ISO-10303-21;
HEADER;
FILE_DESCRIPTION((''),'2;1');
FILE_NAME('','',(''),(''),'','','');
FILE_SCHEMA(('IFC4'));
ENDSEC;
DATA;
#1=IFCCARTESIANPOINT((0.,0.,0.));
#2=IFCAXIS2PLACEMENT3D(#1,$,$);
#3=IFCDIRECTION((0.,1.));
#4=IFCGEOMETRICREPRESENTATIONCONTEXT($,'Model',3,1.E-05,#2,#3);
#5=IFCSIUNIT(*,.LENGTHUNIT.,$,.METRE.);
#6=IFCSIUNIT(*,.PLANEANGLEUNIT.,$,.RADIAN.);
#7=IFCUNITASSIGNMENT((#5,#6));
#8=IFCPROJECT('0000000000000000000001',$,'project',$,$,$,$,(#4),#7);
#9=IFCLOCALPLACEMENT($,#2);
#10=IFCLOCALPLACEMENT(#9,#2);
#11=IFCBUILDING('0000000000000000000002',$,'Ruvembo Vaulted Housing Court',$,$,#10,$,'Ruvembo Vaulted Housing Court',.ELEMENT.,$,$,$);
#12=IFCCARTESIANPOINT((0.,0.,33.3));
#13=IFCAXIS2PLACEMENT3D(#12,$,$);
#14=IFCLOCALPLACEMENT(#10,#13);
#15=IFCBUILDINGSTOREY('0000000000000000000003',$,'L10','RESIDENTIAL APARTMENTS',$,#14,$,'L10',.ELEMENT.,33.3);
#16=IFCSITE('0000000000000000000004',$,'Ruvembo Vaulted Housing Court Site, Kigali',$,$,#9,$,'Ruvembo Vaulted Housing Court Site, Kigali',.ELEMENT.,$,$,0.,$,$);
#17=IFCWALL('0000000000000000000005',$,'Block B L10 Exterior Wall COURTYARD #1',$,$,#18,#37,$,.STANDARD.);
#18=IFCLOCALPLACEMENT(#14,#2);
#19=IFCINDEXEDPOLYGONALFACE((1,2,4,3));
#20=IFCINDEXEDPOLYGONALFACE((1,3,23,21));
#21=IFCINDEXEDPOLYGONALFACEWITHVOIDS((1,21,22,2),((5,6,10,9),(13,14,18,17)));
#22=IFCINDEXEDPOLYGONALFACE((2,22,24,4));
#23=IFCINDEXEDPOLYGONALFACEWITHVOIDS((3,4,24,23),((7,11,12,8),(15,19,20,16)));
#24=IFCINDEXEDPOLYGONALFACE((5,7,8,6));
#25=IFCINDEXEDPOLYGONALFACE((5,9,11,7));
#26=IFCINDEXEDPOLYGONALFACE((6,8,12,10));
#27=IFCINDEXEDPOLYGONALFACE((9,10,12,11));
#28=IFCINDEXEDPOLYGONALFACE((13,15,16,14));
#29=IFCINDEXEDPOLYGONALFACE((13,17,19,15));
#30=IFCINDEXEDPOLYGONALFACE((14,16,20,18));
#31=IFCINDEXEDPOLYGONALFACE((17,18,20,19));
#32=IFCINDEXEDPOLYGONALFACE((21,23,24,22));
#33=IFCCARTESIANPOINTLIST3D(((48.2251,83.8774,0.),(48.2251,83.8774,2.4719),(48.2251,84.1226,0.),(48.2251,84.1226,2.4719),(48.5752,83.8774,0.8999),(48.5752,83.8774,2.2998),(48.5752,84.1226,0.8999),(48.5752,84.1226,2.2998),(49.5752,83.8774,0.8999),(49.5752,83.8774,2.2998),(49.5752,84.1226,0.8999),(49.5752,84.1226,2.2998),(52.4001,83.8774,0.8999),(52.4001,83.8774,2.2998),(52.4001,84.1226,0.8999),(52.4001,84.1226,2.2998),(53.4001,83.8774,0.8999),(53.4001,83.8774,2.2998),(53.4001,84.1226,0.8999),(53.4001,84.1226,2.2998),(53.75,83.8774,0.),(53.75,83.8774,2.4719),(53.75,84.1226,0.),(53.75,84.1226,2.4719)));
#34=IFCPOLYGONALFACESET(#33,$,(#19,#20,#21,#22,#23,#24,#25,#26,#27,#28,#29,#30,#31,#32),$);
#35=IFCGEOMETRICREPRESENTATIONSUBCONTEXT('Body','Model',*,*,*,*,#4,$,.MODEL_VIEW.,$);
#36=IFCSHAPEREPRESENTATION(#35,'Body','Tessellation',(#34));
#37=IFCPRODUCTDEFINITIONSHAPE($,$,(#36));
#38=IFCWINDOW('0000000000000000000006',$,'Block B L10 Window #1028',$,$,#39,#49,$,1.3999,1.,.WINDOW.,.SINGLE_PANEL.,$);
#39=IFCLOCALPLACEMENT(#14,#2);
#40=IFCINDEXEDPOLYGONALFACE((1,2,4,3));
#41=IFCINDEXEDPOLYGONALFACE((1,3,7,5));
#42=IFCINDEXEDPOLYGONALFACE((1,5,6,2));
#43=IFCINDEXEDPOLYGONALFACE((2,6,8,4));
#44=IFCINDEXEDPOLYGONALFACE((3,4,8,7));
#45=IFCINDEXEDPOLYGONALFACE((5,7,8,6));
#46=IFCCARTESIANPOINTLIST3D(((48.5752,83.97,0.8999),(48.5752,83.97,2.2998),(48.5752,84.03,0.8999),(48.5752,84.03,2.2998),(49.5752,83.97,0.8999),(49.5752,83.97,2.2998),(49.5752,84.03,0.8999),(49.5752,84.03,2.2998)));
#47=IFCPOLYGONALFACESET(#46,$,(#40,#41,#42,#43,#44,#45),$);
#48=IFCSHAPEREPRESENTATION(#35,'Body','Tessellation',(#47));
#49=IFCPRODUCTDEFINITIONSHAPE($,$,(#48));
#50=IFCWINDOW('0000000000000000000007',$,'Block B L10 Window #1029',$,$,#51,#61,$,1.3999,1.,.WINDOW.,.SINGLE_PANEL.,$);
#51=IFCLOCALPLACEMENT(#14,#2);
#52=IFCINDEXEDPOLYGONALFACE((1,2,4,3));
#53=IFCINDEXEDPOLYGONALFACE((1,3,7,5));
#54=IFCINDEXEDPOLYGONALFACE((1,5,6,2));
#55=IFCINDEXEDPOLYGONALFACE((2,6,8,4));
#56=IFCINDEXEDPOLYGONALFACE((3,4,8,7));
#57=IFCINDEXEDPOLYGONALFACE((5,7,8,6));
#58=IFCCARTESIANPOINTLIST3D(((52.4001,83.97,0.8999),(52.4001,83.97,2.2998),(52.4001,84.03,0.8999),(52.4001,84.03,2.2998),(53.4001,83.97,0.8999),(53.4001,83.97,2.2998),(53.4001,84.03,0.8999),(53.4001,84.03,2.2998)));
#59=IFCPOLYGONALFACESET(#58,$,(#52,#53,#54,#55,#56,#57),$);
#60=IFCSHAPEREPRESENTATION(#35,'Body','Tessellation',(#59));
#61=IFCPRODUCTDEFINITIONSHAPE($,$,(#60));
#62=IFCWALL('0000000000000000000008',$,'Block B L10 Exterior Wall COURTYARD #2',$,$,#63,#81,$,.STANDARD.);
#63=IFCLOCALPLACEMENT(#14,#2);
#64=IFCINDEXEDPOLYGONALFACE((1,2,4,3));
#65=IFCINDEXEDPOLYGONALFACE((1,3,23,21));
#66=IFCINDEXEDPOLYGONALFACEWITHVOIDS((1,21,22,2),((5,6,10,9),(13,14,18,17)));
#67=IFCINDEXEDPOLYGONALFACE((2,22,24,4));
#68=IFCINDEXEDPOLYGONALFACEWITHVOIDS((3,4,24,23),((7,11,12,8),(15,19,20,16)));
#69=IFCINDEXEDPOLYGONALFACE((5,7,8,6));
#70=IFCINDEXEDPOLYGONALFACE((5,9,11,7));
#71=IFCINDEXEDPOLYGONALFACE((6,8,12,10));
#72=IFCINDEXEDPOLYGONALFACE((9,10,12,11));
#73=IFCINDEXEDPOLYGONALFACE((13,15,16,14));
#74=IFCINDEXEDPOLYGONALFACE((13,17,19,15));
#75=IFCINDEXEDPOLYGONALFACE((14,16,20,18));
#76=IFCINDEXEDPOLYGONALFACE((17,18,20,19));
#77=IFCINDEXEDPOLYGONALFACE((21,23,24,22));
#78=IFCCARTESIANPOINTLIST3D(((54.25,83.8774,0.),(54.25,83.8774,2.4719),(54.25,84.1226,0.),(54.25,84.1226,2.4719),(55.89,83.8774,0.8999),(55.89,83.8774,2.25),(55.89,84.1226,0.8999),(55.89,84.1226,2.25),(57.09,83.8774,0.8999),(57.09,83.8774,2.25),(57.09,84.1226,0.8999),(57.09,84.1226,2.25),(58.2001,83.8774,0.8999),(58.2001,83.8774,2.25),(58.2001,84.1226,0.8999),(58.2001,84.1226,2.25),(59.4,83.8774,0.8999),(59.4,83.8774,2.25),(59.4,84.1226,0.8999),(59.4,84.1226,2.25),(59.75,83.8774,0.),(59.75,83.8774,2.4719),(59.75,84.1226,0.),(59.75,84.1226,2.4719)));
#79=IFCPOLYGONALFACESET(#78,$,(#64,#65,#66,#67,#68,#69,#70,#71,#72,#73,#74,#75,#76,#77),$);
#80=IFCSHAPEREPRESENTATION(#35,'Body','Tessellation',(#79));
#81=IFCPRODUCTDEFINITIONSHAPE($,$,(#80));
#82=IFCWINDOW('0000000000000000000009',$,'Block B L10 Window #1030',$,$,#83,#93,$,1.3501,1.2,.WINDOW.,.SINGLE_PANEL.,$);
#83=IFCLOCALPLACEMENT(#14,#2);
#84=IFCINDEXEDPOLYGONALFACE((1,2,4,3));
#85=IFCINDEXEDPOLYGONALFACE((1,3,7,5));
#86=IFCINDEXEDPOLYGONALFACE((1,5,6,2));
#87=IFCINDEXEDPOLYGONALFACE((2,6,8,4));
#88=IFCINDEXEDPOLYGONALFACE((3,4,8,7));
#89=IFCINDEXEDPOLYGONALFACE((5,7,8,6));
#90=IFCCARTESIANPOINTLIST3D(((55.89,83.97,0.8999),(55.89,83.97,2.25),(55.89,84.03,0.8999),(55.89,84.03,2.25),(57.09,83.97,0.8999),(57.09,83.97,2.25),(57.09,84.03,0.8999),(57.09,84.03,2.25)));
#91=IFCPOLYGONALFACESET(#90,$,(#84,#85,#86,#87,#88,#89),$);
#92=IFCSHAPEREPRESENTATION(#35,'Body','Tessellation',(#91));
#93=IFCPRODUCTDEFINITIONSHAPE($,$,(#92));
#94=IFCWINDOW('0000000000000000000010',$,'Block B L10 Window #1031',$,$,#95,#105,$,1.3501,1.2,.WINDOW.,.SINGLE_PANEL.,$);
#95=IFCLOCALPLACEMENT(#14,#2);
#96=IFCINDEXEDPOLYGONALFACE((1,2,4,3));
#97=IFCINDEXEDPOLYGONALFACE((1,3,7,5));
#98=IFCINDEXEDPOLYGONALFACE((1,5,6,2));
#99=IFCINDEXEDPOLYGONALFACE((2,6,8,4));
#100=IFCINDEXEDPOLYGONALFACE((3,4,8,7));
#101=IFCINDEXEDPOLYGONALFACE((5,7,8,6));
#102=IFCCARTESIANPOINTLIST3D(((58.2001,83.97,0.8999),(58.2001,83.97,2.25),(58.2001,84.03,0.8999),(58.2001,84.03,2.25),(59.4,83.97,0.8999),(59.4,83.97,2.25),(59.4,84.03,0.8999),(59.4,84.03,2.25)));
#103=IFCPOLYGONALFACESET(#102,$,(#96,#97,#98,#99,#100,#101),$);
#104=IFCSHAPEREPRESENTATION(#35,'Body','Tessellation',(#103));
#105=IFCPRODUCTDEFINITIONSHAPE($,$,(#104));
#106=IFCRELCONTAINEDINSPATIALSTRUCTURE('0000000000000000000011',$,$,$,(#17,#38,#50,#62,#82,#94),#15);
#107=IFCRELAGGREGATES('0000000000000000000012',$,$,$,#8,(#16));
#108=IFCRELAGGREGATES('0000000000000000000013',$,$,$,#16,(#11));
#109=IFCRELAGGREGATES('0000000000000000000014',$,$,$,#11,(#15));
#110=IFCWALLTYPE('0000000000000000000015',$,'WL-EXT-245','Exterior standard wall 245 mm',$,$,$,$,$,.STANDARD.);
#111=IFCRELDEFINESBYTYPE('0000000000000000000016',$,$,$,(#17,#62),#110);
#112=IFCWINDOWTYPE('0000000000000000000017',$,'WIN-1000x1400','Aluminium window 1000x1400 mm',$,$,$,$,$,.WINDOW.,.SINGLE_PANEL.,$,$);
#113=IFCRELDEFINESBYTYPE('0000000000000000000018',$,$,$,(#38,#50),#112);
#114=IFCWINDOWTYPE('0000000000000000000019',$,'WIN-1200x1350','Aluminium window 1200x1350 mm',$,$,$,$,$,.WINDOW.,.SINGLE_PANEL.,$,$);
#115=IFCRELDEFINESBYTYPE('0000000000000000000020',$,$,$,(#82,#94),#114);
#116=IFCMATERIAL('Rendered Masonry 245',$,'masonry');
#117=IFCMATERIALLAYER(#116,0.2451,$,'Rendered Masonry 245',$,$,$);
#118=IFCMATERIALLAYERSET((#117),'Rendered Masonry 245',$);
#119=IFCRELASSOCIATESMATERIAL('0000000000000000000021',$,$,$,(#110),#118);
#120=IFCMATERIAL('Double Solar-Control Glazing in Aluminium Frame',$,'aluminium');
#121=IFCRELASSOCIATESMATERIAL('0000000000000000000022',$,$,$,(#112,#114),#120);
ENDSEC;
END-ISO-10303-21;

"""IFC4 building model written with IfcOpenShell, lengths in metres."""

from ifc_helpers import new_model, si_unit, direction, frame, frame_2d, origin, place, context, subcontext, project, spatial, rectangle, extrude, material, layer, layer_set, type_object, element, fill, save


model = new_model("IFC4")

# Units and contexts
model_context = context("Model", 3, precision=1e-05, world=origin(), true_north=direction((0.0, 1.0)))
body_context = subcontext(model_context, "Body", "Model", "MODEL_VIEW")
ifc_project = project(units=[si_unit("LENGTHUNIT", "METRE"), si_unit("PLANEANGLEUNIT", "RADIAN")], contexts=[model_context])

# Site, building, storey
site_placement = place(None, origin())
site = spatial("IfcSite", under=ifc_project, at=site_placement, Name="Ruvembo Vaulted Housing Court Site, Kigali", LongName="Ruvembo Vaulted Housing Court Site, Kigali", CompositionType="ELEMENT", RefElevation=0.0)
building_placement = place(site_placement, origin())
building = spatial("IfcBuilding", under=site, at=building_placement, Name="Ruvembo Vaulted Housing Court", LongName="Ruvembo Vaulted Housing Court", CompositionType="ELEMENT")
storey_placement = place(building_placement, frame((0.0, 0.0, 33.3)))
storey = spatial("IfcBuildingStorey", under=building, at=storey_placement, Name="L10", Description="RESIDENTIAL APARTMENTS", LongName="L10", CompositionType="ELEMENT", Elevation=33.3)

# Walls, openings, windows
ifc_material_1 = material(Name="Rendered Masonry 245", Category="masonry")
ifc_layer_1 = layer(ifc_material_1, 0.2451, Name="Rendered Masonry 245")
ifc_layer_set_1 = layer_set([ifc_layer_1], Name="Rendered Masonry 245")
wall_type = type_object("IfcWallType", Name="WL-EXT-245", Description="Exterior standard wall 245 mm", PredefinedType="STANDARD", material=ifc_layer_set_1)
ifc_material_2 = material(Name="Double Solar-Control Glazing in Aluminium Frame", Category="aluminium")
wall_1_placement = place(storey_placement, frame((48.2251, 84.0, 0.0), z_axis=(0.0, 0.0, 1.0), x_axis=(1.0, 0.0, 0.0)))
wall_1 = element("IfcWall", 1, at=wall_1_placement, inside=storey, type_object=wall_type, Name="Block B L10 Exterior Wall COURTYARD #1", PredefinedType="STANDARD", context=body_context, shape_type="SweptSolid", body=[
    extrude(rectangle(XDim=5.5249, YDim=0.2451, at=frame_2d((2.7625, 0.0))), origin(), (0.0, 0.0, 1.0), 2.4719),
])
opening_1_placement = place(wall_1_placement, frame((0.3501, 0.0, 0.8999)))
opening_1 = element("IfcOpeningElement", 2, at=opening_1_placement, cuts=wall_1, PredefinedType="OPENING", context=body_context, shape_type="SweptSolid", body=[
    extrude(rectangle(XDim=1.0, YDim=1.3999, at=frame_2d((0.5, 0.7))), frame((0.0, 0.1326, 0.0), z_axis=(0.0, -1.0, 0.0), x_axis=(1.0, 0.0, 0.0)), (0.0, 0.0, 1.0), 0.2651),
])
opening_2_placement = place(wall_1_placement, frame((4.175, 0.0, 0.8999)))
opening_2 = element("IfcOpeningElement", 3, at=opening_2_placement, cuts=wall_1, PredefinedType="OPENING", context=body_context, shape_type="SweptSolid", body=[
    extrude(rectangle(XDim=1.0, YDim=1.3999, at=frame_2d((0.5, 0.7))), frame((0.0, 0.1326, 0.0), z_axis=(0.0, -1.0, 0.0), x_axis=(1.0, 0.0, 0.0)), (0.0, 0.0, 1.0), 0.2651),
])
window_type_1 = type_object("IfcWindowType", Name="WIN-1000x1400", Description="Aluminium window 1000x1400 mm", PartitioningType="SINGLE_PANEL", PredefinedType="WINDOW", material=ifc_material_2)
window_1_placement = place(opening_1_placement, origin())
window_1 = element("IfcWindow", 4, at=window_1_placement, inside=storey, type_object=window_type_1, Name="Block B L10 Window #1028", OverallHeight=1.3999, OverallWidth=1.0, PartitioningType="SINGLE_PANEL", PredefinedType="WINDOW", context=body_context, shape_type="SweptSolid", body=[
    extrude(rectangle(XDim=1.0, YDim=1.3999, at=frame_2d((0.5, 0.7))), frame((0.0, 0.03, 0.0), z_axis=(0.0, -1.0, 0.0), x_axis=(1.0, 0.0, 0.0)), (0.0, 0.0, 1.0), 0.0601),
])
fill(opening_1, window_1)
window_2_placement = place(opening_2_placement, origin())
window_2 = element("IfcWindow", 5, at=window_2_placement, inside=storey, type_object=window_type_1, Name="Block B L10 Window #1029", OverallHeight=1.3999, OverallWidth=1.0, PartitioningType="SINGLE_PANEL", PredefinedType="WINDOW", context=body_context, shape_type="SweptSolid", body=[
    extrude(rectangle(XDim=1.0, YDim=1.3999, at=frame_2d((0.5, 0.7))), frame((0.0, 0.03, 0.0), z_axis=(0.0, -1.0, 0.0), x_axis=(1.0, 0.0, 0.0)), (0.0, 0.0, 1.0), 0.0601),
])
fill(opening_2, window_2)
wall_2_placement = place(storey_placement, frame((54.25, 84.0, 0.0), z_axis=(0.0, 0.0, 1.0), x_axis=(1.0, 0.0, 0.0)))
wall_2 = element("IfcWall", 6, at=wall_2_placement, inside=storey, type_object=wall_type, Name="Block B L10 Exterior Wall COURTYARD #2", PredefinedType="STANDARD", context=body_context, shape_type="SweptSolid", body=[
    extrude(rectangle(XDim=5.5, YDim=0.2451, at=frame_2d((2.75, 0.0))), origin(), (0.0, 0.0, 1.0), 2.4719),
])
opening_3_placement = place(wall_2_placement, frame((1.6399, 0.0, 0.8999)))
opening_3 = element("IfcOpeningElement", 7, at=opening_3_placement, cuts=wall_2, PredefinedType="OPENING", context=body_context, shape_type="SweptSolid", body=[
    extrude(rectangle(XDim=1.2, YDim=1.3501, at=frame_2d((0.6001, 0.675))), frame((0.0, 0.1326, 0.0), z_axis=(0.0, -1.0, 0.0), x_axis=(1.0, 0.0, 0.0)), (0.0, 0.0, 1.0), 0.2651),
])
opening_4_placement = place(wall_2_placement, frame((3.95, 0.0, 0.8999)))
opening_4 = element("IfcOpeningElement", 8, at=opening_4_placement, cuts=wall_2, PredefinedType="OPENING", context=body_context, shape_type="SweptSolid", body=[
    extrude(rectangle(XDim=1.2, YDim=1.3501, at=frame_2d((0.6001, 0.675))), frame((0.0, 0.1326, 0.0), z_axis=(0.0, -1.0, 0.0), x_axis=(1.0, 0.0, 0.0)), (0.0, 0.0, 1.0), 0.2651),
])
window_type_2 = type_object("IfcWindowType", Name="WIN-1200x1350", Description="Aluminium window 1200x1350 mm", PartitioningType="SINGLE_PANEL", PredefinedType="WINDOW", material=ifc_material_2)
window_3_placement = place(opening_3_placement, origin())
window_3 = element("IfcWindow", 9, at=window_3_placement, inside=storey, type_object=window_type_2, Name="Block B L10 Window #1030", OverallHeight=1.3501, OverallWidth=1.2, PartitioningType="SINGLE_PANEL", PredefinedType="WINDOW", context=body_context, shape_type="SweptSolid", body=[
    extrude(rectangle(XDim=1.2, YDim=1.3501, at=frame_2d((0.6001, 0.675))), frame((0.0, 0.03, 0.0), z_axis=(0.0, -1.0, 0.0), x_axis=(1.0, 0.0, 0.0)), (0.0, 0.0, 1.0), 0.0601),
])
fill(opening_3, window_3)
window_4_placement = place(opening_4_placement, origin())
window_4 = element("IfcWindow", 10, at=window_4_placement, inside=storey, type_object=window_type_2, Name="Block B L10 Window #1031", OverallHeight=1.3501, OverallWidth=1.2, PartitioningType="SINGLE_PANEL", PredefinedType="WINDOW", context=body_context, shape_type="SweptSolid", body=[
    extrude(rectangle(XDim=1.2, YDim=1.3501, at=frame_2d((0.6001, 0.675))), frame((0.0, 0.03, 0.0), z_axis=(0.0, -1.0, 0.0), x_axis=(1.0, 0.0, 0.0)), (0.0, 0.0, 1.0), 0.0601),
])
fill(opening_4, window_4)

save(model, "model.ifc")
